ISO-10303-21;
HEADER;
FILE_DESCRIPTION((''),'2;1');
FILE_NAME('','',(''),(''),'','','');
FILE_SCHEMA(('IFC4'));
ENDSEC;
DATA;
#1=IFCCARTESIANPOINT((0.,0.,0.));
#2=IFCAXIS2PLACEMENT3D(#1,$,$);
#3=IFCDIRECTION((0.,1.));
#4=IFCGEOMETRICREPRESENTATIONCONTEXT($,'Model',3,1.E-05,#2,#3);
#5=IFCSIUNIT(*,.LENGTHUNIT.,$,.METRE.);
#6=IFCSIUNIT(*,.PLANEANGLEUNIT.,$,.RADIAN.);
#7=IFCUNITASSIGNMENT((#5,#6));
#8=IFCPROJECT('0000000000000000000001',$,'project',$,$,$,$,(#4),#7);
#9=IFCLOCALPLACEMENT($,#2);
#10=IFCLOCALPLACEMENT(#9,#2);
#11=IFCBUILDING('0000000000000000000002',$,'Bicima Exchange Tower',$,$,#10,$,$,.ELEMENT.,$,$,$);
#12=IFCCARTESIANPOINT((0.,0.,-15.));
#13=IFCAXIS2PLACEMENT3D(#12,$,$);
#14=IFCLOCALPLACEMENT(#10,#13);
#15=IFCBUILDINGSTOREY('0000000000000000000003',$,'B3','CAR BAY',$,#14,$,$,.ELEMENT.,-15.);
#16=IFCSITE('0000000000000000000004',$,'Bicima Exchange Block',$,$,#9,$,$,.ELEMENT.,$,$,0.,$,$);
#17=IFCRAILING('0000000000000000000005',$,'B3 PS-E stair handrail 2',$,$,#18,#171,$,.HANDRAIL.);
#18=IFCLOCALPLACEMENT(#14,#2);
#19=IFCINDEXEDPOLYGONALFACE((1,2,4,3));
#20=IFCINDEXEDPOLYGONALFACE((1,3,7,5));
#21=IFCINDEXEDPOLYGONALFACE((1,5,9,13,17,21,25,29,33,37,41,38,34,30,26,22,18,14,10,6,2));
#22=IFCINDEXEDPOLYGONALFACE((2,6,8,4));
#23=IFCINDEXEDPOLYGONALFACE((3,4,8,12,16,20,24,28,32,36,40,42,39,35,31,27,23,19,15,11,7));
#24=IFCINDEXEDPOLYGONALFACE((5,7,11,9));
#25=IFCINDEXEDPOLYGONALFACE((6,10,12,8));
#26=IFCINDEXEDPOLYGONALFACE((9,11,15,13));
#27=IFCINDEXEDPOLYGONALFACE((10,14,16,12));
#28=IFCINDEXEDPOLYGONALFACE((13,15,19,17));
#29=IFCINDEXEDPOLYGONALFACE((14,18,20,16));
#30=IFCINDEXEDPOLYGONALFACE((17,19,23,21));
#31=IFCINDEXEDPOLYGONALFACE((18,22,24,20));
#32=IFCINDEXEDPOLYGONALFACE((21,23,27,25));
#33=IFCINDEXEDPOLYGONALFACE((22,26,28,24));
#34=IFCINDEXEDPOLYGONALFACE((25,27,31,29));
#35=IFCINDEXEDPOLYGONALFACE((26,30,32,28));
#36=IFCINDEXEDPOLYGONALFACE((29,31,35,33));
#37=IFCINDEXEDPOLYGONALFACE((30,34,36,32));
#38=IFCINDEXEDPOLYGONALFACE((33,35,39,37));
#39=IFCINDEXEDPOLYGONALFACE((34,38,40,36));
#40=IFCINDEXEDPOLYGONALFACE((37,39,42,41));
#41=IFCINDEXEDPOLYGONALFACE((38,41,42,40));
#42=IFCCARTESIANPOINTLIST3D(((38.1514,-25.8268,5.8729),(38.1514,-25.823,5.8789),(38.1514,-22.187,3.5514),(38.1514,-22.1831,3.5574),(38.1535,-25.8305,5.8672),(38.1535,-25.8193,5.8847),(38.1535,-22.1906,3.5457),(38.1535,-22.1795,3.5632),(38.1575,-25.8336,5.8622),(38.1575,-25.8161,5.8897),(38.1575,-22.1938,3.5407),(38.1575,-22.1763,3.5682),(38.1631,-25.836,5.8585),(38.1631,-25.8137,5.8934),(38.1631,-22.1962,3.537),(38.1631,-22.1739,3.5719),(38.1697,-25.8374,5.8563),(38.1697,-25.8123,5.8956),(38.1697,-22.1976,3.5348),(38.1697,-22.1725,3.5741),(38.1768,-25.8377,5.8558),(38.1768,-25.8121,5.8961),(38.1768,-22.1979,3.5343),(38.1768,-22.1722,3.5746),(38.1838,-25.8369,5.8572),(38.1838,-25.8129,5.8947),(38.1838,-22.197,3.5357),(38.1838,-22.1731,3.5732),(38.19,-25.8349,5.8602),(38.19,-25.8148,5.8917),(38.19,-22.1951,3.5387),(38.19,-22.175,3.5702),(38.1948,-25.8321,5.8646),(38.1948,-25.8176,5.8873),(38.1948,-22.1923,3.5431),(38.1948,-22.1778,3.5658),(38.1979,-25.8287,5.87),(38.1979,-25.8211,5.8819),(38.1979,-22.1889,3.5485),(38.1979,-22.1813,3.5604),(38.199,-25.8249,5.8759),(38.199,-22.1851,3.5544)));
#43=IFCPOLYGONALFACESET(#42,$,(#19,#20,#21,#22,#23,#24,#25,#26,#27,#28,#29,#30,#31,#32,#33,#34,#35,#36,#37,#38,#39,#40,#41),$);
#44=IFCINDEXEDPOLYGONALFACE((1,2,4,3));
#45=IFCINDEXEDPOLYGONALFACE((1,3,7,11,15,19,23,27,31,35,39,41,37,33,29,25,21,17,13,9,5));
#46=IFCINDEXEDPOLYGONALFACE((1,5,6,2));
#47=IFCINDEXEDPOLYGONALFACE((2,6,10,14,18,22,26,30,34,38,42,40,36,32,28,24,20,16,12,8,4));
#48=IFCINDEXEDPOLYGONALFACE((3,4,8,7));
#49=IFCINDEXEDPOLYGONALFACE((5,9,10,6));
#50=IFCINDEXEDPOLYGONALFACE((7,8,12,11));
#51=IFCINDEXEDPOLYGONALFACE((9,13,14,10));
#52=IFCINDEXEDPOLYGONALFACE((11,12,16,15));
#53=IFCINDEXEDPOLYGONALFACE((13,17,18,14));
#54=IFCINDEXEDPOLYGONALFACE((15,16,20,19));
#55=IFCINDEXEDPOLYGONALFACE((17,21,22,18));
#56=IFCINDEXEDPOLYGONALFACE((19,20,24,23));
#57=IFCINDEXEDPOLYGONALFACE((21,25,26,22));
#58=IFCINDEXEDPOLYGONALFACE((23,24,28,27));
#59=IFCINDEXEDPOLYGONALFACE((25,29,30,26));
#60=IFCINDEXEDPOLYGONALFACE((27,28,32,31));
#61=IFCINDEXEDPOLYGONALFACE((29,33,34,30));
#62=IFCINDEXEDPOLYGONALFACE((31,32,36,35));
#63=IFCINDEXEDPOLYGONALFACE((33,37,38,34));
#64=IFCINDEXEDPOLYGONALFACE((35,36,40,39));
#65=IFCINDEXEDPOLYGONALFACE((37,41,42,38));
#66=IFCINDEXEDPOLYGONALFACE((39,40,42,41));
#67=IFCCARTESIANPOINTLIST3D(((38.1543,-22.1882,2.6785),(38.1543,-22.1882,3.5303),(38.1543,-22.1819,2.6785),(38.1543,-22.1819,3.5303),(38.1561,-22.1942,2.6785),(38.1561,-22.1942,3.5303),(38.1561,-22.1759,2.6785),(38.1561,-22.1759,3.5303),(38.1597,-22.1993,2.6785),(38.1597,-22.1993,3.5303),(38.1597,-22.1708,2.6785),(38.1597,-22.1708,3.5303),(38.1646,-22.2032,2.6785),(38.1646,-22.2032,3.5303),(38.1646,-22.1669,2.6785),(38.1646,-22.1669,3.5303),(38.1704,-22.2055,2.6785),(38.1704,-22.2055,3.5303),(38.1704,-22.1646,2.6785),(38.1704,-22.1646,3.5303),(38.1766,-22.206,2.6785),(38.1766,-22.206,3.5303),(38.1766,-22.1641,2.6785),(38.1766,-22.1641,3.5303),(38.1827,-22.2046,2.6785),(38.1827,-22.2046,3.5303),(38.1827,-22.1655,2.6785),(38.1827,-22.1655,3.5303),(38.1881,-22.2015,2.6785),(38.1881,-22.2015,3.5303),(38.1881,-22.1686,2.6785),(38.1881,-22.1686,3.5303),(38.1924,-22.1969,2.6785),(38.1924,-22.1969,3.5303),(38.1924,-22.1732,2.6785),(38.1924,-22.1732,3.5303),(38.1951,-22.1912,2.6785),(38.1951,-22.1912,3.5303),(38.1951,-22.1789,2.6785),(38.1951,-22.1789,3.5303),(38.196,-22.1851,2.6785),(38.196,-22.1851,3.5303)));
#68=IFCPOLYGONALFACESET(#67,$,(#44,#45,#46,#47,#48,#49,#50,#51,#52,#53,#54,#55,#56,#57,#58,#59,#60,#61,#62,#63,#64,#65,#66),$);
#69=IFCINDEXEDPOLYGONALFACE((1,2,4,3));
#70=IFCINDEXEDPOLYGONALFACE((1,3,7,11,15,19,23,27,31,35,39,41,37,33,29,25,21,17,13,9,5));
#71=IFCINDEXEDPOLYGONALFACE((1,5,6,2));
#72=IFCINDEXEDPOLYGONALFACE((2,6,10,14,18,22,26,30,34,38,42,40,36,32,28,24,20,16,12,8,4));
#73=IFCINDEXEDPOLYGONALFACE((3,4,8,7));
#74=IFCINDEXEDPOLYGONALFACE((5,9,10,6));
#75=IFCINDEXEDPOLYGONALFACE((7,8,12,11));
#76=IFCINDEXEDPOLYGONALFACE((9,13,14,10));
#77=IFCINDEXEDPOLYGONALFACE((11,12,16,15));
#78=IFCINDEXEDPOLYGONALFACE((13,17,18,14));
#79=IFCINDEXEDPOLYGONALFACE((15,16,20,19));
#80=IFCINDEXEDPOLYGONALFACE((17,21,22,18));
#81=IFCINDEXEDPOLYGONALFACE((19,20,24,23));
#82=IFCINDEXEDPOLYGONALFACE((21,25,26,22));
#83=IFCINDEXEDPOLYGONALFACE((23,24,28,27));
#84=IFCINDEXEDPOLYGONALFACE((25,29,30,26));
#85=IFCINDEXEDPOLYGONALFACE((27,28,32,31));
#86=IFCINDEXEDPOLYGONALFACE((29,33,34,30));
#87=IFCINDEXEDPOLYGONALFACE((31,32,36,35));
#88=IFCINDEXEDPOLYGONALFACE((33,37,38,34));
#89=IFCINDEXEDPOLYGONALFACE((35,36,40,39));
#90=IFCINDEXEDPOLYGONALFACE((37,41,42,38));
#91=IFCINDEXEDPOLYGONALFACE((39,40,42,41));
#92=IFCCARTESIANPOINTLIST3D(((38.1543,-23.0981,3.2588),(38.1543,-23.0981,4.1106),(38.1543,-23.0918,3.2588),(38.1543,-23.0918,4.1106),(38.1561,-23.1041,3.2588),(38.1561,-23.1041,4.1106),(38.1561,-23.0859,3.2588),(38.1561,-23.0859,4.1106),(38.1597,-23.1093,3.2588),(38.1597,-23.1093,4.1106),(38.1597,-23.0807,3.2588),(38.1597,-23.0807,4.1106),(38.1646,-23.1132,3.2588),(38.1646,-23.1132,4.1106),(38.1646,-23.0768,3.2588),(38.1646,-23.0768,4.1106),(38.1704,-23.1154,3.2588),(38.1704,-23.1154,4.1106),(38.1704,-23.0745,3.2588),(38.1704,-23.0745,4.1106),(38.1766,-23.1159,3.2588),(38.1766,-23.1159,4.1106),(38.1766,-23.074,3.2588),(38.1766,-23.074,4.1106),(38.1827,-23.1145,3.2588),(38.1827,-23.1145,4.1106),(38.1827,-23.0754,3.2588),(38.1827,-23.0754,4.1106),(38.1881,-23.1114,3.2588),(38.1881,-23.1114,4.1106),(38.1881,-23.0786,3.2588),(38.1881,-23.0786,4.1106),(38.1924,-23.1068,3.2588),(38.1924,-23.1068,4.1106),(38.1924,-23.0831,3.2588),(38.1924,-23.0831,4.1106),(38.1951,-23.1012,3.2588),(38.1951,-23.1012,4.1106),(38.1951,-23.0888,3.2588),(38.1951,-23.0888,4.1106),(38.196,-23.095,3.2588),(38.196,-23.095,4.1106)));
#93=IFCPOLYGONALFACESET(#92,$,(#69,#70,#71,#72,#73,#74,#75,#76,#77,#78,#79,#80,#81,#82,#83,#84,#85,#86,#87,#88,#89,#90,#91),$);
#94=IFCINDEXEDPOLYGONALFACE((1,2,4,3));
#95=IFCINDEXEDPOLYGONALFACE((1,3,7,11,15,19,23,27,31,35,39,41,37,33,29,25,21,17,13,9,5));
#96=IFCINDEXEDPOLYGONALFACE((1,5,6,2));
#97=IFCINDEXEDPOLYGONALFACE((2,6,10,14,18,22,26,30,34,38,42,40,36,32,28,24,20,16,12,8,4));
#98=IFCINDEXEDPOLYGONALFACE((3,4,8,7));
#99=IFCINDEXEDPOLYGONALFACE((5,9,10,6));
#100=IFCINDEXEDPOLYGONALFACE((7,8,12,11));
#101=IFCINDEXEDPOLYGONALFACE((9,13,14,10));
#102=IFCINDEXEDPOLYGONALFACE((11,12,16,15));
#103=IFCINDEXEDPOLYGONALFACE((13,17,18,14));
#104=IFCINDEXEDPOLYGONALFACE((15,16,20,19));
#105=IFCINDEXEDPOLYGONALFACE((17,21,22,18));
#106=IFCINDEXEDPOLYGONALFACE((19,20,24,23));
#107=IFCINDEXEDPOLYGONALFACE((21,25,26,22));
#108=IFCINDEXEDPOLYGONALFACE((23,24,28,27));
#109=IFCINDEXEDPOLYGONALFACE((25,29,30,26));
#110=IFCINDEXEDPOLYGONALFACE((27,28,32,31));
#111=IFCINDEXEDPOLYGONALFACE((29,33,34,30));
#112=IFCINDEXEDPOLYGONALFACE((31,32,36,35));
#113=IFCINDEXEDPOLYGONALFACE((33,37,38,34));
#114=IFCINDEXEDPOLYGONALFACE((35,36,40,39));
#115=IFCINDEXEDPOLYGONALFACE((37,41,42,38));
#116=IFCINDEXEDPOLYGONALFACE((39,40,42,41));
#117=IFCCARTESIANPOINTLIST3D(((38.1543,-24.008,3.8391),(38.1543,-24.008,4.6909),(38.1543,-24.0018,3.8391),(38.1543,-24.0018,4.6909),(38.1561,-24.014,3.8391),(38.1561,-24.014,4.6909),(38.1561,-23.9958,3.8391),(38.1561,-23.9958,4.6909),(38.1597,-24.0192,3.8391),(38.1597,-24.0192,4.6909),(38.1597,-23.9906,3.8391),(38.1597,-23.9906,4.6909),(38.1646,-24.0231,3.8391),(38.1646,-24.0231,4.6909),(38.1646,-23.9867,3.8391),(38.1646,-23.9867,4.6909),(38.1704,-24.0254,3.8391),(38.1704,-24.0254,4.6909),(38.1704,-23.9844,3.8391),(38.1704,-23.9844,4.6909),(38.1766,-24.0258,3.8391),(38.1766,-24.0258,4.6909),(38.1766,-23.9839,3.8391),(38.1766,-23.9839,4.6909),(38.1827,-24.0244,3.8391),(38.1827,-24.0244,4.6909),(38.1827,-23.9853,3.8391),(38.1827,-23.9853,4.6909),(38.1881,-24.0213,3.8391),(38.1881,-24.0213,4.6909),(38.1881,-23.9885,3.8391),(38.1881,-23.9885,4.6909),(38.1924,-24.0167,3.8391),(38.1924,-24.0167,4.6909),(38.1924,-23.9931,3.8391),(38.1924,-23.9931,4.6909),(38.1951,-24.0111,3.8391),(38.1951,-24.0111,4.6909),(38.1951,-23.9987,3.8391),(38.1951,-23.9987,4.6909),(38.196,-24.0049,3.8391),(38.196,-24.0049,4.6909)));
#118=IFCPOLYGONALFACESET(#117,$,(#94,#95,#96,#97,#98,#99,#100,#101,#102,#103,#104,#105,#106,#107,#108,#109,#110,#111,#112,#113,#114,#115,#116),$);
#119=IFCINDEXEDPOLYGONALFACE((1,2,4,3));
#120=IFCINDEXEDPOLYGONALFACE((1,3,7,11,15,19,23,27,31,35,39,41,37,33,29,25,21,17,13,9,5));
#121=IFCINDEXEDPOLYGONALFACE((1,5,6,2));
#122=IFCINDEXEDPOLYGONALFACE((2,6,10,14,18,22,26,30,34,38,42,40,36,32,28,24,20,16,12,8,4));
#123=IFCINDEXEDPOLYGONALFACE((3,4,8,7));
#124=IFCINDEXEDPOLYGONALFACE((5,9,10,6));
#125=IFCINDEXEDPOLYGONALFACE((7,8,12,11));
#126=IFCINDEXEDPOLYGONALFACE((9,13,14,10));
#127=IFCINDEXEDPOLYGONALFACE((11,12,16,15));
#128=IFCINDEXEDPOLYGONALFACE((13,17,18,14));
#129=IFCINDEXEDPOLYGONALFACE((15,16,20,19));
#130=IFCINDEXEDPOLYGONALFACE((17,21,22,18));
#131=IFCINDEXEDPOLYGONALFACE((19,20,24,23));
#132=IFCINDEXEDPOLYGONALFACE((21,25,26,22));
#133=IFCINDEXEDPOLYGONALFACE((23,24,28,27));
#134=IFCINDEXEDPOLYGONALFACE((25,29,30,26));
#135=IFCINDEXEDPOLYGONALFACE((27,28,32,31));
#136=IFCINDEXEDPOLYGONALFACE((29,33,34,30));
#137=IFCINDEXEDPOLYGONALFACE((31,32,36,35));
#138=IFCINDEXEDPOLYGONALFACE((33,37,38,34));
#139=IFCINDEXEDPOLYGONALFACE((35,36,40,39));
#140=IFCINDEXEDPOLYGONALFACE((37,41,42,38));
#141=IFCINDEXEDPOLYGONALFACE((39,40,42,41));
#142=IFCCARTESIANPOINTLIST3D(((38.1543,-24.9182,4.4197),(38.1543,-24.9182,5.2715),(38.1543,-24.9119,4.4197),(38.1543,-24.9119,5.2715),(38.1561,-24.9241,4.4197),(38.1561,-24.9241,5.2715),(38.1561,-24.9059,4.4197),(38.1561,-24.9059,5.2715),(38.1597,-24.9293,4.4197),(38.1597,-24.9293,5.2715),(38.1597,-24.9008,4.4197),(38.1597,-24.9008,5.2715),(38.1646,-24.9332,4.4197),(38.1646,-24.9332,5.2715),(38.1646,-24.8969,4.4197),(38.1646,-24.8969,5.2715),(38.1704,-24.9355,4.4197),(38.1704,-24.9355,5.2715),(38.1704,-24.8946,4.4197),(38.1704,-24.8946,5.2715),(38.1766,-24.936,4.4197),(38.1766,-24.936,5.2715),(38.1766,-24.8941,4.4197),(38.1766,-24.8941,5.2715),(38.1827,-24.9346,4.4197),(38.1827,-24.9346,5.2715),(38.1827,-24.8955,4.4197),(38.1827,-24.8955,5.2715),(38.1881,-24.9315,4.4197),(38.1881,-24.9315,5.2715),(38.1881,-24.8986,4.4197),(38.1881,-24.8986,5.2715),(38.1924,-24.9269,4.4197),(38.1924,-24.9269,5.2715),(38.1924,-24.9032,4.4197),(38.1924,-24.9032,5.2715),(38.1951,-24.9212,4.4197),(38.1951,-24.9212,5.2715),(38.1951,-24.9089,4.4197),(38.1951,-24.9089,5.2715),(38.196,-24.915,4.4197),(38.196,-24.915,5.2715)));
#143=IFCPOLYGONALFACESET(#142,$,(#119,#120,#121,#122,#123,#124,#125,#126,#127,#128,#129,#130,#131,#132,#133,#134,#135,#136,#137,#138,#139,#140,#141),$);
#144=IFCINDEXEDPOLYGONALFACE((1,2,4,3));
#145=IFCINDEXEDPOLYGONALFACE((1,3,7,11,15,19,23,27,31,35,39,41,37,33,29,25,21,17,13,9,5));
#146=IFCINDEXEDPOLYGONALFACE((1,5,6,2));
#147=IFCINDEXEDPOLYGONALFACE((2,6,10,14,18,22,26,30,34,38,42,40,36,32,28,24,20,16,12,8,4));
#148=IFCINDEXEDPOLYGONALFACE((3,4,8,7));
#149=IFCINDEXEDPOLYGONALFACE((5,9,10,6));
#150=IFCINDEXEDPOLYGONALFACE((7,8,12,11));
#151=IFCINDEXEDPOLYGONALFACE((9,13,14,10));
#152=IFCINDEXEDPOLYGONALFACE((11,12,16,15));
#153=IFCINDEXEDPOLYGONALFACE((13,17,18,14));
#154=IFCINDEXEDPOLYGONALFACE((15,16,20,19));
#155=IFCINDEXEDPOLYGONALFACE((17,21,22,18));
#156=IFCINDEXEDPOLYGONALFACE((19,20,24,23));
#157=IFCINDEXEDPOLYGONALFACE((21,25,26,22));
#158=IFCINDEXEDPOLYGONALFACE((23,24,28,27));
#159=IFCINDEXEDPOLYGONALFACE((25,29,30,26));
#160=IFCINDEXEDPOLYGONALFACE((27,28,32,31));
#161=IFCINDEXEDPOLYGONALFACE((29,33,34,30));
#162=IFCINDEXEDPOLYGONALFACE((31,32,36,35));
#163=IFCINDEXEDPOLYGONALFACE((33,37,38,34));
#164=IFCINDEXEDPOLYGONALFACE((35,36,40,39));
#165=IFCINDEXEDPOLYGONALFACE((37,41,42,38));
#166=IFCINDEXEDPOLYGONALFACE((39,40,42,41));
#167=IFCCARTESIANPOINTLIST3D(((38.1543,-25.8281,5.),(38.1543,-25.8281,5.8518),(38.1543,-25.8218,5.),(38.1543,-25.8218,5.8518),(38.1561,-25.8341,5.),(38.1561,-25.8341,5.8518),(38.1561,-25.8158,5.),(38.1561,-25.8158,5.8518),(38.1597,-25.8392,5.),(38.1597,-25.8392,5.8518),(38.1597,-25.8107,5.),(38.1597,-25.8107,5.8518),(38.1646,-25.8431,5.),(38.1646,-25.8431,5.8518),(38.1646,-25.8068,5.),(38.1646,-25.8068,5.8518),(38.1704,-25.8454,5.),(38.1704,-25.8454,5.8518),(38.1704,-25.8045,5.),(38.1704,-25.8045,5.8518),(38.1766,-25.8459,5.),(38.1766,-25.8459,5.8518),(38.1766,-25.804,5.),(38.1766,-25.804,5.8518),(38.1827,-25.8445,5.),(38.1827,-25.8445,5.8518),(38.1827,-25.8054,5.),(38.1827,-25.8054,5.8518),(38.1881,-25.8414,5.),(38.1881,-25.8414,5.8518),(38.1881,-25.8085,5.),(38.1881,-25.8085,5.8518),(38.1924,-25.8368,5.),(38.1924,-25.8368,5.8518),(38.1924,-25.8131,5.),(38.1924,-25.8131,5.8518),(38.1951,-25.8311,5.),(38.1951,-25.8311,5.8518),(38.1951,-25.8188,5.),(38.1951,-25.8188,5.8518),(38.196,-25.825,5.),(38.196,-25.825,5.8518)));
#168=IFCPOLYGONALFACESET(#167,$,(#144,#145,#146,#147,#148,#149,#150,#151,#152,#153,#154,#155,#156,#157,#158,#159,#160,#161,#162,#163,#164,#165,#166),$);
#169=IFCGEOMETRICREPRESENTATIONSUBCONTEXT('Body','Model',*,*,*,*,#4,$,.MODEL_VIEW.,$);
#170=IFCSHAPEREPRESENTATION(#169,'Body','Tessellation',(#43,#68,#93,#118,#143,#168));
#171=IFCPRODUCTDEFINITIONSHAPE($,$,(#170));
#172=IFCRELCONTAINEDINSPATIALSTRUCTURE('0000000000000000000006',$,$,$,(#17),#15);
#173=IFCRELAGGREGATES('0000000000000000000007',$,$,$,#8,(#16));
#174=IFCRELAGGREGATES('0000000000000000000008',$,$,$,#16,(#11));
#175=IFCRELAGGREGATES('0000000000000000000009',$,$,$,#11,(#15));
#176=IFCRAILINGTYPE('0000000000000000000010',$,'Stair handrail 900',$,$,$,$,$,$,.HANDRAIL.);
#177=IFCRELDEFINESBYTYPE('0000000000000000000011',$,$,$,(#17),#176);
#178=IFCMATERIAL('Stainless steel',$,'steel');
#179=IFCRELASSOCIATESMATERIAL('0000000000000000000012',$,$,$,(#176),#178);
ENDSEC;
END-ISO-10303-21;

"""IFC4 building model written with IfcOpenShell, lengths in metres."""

from ifc_helpers import new_model, si_unit, direction, frame, origin, origin_2d, place, context, subcontext, project, spatial, circle, extrude, material, type_object, element, save


model = new_model("IFC4")

# Units and contexts
model_context = context("Model", 3, precision=1e-05, world=origin(), true_north=direction((0.0, 1.0)))
body_context = subcontext(model_context, "Body", "Model", "MODEL_VIEW")
ifc_project = project(units=[si_unit("LENGTHUNIT", "METRE"), si_unit("PLANEANGLEUNIT", "RADIAN")], contexts=[model_context])

# Site, building, storey
site_placement = place(None, origin())
site = spatial("IfcSite", under=ifc_project, at=site_placement, Name="Bicima Exchange Block", CompositionType="ELEMENT", RefElevation=0.0)
building_placement = place(site_placement, origin())
building = spatial("IfcBuilding", under=site, at=building_placement, Name="Bicima Exchange Tower", CompositionType="ELEMENT")
storey_placement = place(building_placement, frame((0.0, 0.0, -15.0)))
storey = spatial("IfcBuildingStorey", under=building, at=storey_placement, Name="B3", Description="CAR BAY", CompositionType="ELEMENT", Elevation=-15.0)

# Railing
ifc_material_1 = material(Name="Stainless steel", Category="steel")
railing_type_1 = type_object("IfcRailingType", Name="Stair handrail 900", PredefinedType="HANDRAIL", material=ifc_material_1)
railing_1_placement = place(storey_placement, frame((38.175, -22.1851, 2.6785)))
element("IfcRailing", 1, at=railing_1_placement, inside=storey, type_object=railing_type_1, Name="B3 PS-E stair handrail 2", PredefinedType="HANDRAIL", context=body_context, shape_type="SweptSolid", body=[
    extrude(circle(Radius=0.0239, at=origin_2d()), frame((0.0, 0.0, 0.876), z_axis=(0.0, -0.843112, 0.537739), x_axis=(1.0, 0.0, 0.0)), (0.0, 0.0, 1.0), 4.3171),
    extrude(circle(Radius=0.021, at=origin_2d()), origin(), (0.0, 0.0, 1.0), 0.8518),
    extrude(circle(Radius=0.021, at=origin_2d()), frame((0.0, -0.9099, 0.5803)), (0.0, 0.0, 1.0), 0.8518),
    extrude(circle(Radius=0.021, at=origin_2d()), frame((0.0, -1.8198, 1.1606)), (0.0, 0.0, 1.0), 0.8518),
    extrude(circle(Radius=0.021, at=origin_2d()), frame((0.0, -2.73, 1.7412)), (0.0, 0.0, 1.0), 0.8518),
    extrude(circle(Radius=0.021, at=origin_2d()), frame((0.0, -3.6399, 2.3215)), (0.0, 0.0, 1.0), 0.8518),
])

save(model, "model.ifc")
